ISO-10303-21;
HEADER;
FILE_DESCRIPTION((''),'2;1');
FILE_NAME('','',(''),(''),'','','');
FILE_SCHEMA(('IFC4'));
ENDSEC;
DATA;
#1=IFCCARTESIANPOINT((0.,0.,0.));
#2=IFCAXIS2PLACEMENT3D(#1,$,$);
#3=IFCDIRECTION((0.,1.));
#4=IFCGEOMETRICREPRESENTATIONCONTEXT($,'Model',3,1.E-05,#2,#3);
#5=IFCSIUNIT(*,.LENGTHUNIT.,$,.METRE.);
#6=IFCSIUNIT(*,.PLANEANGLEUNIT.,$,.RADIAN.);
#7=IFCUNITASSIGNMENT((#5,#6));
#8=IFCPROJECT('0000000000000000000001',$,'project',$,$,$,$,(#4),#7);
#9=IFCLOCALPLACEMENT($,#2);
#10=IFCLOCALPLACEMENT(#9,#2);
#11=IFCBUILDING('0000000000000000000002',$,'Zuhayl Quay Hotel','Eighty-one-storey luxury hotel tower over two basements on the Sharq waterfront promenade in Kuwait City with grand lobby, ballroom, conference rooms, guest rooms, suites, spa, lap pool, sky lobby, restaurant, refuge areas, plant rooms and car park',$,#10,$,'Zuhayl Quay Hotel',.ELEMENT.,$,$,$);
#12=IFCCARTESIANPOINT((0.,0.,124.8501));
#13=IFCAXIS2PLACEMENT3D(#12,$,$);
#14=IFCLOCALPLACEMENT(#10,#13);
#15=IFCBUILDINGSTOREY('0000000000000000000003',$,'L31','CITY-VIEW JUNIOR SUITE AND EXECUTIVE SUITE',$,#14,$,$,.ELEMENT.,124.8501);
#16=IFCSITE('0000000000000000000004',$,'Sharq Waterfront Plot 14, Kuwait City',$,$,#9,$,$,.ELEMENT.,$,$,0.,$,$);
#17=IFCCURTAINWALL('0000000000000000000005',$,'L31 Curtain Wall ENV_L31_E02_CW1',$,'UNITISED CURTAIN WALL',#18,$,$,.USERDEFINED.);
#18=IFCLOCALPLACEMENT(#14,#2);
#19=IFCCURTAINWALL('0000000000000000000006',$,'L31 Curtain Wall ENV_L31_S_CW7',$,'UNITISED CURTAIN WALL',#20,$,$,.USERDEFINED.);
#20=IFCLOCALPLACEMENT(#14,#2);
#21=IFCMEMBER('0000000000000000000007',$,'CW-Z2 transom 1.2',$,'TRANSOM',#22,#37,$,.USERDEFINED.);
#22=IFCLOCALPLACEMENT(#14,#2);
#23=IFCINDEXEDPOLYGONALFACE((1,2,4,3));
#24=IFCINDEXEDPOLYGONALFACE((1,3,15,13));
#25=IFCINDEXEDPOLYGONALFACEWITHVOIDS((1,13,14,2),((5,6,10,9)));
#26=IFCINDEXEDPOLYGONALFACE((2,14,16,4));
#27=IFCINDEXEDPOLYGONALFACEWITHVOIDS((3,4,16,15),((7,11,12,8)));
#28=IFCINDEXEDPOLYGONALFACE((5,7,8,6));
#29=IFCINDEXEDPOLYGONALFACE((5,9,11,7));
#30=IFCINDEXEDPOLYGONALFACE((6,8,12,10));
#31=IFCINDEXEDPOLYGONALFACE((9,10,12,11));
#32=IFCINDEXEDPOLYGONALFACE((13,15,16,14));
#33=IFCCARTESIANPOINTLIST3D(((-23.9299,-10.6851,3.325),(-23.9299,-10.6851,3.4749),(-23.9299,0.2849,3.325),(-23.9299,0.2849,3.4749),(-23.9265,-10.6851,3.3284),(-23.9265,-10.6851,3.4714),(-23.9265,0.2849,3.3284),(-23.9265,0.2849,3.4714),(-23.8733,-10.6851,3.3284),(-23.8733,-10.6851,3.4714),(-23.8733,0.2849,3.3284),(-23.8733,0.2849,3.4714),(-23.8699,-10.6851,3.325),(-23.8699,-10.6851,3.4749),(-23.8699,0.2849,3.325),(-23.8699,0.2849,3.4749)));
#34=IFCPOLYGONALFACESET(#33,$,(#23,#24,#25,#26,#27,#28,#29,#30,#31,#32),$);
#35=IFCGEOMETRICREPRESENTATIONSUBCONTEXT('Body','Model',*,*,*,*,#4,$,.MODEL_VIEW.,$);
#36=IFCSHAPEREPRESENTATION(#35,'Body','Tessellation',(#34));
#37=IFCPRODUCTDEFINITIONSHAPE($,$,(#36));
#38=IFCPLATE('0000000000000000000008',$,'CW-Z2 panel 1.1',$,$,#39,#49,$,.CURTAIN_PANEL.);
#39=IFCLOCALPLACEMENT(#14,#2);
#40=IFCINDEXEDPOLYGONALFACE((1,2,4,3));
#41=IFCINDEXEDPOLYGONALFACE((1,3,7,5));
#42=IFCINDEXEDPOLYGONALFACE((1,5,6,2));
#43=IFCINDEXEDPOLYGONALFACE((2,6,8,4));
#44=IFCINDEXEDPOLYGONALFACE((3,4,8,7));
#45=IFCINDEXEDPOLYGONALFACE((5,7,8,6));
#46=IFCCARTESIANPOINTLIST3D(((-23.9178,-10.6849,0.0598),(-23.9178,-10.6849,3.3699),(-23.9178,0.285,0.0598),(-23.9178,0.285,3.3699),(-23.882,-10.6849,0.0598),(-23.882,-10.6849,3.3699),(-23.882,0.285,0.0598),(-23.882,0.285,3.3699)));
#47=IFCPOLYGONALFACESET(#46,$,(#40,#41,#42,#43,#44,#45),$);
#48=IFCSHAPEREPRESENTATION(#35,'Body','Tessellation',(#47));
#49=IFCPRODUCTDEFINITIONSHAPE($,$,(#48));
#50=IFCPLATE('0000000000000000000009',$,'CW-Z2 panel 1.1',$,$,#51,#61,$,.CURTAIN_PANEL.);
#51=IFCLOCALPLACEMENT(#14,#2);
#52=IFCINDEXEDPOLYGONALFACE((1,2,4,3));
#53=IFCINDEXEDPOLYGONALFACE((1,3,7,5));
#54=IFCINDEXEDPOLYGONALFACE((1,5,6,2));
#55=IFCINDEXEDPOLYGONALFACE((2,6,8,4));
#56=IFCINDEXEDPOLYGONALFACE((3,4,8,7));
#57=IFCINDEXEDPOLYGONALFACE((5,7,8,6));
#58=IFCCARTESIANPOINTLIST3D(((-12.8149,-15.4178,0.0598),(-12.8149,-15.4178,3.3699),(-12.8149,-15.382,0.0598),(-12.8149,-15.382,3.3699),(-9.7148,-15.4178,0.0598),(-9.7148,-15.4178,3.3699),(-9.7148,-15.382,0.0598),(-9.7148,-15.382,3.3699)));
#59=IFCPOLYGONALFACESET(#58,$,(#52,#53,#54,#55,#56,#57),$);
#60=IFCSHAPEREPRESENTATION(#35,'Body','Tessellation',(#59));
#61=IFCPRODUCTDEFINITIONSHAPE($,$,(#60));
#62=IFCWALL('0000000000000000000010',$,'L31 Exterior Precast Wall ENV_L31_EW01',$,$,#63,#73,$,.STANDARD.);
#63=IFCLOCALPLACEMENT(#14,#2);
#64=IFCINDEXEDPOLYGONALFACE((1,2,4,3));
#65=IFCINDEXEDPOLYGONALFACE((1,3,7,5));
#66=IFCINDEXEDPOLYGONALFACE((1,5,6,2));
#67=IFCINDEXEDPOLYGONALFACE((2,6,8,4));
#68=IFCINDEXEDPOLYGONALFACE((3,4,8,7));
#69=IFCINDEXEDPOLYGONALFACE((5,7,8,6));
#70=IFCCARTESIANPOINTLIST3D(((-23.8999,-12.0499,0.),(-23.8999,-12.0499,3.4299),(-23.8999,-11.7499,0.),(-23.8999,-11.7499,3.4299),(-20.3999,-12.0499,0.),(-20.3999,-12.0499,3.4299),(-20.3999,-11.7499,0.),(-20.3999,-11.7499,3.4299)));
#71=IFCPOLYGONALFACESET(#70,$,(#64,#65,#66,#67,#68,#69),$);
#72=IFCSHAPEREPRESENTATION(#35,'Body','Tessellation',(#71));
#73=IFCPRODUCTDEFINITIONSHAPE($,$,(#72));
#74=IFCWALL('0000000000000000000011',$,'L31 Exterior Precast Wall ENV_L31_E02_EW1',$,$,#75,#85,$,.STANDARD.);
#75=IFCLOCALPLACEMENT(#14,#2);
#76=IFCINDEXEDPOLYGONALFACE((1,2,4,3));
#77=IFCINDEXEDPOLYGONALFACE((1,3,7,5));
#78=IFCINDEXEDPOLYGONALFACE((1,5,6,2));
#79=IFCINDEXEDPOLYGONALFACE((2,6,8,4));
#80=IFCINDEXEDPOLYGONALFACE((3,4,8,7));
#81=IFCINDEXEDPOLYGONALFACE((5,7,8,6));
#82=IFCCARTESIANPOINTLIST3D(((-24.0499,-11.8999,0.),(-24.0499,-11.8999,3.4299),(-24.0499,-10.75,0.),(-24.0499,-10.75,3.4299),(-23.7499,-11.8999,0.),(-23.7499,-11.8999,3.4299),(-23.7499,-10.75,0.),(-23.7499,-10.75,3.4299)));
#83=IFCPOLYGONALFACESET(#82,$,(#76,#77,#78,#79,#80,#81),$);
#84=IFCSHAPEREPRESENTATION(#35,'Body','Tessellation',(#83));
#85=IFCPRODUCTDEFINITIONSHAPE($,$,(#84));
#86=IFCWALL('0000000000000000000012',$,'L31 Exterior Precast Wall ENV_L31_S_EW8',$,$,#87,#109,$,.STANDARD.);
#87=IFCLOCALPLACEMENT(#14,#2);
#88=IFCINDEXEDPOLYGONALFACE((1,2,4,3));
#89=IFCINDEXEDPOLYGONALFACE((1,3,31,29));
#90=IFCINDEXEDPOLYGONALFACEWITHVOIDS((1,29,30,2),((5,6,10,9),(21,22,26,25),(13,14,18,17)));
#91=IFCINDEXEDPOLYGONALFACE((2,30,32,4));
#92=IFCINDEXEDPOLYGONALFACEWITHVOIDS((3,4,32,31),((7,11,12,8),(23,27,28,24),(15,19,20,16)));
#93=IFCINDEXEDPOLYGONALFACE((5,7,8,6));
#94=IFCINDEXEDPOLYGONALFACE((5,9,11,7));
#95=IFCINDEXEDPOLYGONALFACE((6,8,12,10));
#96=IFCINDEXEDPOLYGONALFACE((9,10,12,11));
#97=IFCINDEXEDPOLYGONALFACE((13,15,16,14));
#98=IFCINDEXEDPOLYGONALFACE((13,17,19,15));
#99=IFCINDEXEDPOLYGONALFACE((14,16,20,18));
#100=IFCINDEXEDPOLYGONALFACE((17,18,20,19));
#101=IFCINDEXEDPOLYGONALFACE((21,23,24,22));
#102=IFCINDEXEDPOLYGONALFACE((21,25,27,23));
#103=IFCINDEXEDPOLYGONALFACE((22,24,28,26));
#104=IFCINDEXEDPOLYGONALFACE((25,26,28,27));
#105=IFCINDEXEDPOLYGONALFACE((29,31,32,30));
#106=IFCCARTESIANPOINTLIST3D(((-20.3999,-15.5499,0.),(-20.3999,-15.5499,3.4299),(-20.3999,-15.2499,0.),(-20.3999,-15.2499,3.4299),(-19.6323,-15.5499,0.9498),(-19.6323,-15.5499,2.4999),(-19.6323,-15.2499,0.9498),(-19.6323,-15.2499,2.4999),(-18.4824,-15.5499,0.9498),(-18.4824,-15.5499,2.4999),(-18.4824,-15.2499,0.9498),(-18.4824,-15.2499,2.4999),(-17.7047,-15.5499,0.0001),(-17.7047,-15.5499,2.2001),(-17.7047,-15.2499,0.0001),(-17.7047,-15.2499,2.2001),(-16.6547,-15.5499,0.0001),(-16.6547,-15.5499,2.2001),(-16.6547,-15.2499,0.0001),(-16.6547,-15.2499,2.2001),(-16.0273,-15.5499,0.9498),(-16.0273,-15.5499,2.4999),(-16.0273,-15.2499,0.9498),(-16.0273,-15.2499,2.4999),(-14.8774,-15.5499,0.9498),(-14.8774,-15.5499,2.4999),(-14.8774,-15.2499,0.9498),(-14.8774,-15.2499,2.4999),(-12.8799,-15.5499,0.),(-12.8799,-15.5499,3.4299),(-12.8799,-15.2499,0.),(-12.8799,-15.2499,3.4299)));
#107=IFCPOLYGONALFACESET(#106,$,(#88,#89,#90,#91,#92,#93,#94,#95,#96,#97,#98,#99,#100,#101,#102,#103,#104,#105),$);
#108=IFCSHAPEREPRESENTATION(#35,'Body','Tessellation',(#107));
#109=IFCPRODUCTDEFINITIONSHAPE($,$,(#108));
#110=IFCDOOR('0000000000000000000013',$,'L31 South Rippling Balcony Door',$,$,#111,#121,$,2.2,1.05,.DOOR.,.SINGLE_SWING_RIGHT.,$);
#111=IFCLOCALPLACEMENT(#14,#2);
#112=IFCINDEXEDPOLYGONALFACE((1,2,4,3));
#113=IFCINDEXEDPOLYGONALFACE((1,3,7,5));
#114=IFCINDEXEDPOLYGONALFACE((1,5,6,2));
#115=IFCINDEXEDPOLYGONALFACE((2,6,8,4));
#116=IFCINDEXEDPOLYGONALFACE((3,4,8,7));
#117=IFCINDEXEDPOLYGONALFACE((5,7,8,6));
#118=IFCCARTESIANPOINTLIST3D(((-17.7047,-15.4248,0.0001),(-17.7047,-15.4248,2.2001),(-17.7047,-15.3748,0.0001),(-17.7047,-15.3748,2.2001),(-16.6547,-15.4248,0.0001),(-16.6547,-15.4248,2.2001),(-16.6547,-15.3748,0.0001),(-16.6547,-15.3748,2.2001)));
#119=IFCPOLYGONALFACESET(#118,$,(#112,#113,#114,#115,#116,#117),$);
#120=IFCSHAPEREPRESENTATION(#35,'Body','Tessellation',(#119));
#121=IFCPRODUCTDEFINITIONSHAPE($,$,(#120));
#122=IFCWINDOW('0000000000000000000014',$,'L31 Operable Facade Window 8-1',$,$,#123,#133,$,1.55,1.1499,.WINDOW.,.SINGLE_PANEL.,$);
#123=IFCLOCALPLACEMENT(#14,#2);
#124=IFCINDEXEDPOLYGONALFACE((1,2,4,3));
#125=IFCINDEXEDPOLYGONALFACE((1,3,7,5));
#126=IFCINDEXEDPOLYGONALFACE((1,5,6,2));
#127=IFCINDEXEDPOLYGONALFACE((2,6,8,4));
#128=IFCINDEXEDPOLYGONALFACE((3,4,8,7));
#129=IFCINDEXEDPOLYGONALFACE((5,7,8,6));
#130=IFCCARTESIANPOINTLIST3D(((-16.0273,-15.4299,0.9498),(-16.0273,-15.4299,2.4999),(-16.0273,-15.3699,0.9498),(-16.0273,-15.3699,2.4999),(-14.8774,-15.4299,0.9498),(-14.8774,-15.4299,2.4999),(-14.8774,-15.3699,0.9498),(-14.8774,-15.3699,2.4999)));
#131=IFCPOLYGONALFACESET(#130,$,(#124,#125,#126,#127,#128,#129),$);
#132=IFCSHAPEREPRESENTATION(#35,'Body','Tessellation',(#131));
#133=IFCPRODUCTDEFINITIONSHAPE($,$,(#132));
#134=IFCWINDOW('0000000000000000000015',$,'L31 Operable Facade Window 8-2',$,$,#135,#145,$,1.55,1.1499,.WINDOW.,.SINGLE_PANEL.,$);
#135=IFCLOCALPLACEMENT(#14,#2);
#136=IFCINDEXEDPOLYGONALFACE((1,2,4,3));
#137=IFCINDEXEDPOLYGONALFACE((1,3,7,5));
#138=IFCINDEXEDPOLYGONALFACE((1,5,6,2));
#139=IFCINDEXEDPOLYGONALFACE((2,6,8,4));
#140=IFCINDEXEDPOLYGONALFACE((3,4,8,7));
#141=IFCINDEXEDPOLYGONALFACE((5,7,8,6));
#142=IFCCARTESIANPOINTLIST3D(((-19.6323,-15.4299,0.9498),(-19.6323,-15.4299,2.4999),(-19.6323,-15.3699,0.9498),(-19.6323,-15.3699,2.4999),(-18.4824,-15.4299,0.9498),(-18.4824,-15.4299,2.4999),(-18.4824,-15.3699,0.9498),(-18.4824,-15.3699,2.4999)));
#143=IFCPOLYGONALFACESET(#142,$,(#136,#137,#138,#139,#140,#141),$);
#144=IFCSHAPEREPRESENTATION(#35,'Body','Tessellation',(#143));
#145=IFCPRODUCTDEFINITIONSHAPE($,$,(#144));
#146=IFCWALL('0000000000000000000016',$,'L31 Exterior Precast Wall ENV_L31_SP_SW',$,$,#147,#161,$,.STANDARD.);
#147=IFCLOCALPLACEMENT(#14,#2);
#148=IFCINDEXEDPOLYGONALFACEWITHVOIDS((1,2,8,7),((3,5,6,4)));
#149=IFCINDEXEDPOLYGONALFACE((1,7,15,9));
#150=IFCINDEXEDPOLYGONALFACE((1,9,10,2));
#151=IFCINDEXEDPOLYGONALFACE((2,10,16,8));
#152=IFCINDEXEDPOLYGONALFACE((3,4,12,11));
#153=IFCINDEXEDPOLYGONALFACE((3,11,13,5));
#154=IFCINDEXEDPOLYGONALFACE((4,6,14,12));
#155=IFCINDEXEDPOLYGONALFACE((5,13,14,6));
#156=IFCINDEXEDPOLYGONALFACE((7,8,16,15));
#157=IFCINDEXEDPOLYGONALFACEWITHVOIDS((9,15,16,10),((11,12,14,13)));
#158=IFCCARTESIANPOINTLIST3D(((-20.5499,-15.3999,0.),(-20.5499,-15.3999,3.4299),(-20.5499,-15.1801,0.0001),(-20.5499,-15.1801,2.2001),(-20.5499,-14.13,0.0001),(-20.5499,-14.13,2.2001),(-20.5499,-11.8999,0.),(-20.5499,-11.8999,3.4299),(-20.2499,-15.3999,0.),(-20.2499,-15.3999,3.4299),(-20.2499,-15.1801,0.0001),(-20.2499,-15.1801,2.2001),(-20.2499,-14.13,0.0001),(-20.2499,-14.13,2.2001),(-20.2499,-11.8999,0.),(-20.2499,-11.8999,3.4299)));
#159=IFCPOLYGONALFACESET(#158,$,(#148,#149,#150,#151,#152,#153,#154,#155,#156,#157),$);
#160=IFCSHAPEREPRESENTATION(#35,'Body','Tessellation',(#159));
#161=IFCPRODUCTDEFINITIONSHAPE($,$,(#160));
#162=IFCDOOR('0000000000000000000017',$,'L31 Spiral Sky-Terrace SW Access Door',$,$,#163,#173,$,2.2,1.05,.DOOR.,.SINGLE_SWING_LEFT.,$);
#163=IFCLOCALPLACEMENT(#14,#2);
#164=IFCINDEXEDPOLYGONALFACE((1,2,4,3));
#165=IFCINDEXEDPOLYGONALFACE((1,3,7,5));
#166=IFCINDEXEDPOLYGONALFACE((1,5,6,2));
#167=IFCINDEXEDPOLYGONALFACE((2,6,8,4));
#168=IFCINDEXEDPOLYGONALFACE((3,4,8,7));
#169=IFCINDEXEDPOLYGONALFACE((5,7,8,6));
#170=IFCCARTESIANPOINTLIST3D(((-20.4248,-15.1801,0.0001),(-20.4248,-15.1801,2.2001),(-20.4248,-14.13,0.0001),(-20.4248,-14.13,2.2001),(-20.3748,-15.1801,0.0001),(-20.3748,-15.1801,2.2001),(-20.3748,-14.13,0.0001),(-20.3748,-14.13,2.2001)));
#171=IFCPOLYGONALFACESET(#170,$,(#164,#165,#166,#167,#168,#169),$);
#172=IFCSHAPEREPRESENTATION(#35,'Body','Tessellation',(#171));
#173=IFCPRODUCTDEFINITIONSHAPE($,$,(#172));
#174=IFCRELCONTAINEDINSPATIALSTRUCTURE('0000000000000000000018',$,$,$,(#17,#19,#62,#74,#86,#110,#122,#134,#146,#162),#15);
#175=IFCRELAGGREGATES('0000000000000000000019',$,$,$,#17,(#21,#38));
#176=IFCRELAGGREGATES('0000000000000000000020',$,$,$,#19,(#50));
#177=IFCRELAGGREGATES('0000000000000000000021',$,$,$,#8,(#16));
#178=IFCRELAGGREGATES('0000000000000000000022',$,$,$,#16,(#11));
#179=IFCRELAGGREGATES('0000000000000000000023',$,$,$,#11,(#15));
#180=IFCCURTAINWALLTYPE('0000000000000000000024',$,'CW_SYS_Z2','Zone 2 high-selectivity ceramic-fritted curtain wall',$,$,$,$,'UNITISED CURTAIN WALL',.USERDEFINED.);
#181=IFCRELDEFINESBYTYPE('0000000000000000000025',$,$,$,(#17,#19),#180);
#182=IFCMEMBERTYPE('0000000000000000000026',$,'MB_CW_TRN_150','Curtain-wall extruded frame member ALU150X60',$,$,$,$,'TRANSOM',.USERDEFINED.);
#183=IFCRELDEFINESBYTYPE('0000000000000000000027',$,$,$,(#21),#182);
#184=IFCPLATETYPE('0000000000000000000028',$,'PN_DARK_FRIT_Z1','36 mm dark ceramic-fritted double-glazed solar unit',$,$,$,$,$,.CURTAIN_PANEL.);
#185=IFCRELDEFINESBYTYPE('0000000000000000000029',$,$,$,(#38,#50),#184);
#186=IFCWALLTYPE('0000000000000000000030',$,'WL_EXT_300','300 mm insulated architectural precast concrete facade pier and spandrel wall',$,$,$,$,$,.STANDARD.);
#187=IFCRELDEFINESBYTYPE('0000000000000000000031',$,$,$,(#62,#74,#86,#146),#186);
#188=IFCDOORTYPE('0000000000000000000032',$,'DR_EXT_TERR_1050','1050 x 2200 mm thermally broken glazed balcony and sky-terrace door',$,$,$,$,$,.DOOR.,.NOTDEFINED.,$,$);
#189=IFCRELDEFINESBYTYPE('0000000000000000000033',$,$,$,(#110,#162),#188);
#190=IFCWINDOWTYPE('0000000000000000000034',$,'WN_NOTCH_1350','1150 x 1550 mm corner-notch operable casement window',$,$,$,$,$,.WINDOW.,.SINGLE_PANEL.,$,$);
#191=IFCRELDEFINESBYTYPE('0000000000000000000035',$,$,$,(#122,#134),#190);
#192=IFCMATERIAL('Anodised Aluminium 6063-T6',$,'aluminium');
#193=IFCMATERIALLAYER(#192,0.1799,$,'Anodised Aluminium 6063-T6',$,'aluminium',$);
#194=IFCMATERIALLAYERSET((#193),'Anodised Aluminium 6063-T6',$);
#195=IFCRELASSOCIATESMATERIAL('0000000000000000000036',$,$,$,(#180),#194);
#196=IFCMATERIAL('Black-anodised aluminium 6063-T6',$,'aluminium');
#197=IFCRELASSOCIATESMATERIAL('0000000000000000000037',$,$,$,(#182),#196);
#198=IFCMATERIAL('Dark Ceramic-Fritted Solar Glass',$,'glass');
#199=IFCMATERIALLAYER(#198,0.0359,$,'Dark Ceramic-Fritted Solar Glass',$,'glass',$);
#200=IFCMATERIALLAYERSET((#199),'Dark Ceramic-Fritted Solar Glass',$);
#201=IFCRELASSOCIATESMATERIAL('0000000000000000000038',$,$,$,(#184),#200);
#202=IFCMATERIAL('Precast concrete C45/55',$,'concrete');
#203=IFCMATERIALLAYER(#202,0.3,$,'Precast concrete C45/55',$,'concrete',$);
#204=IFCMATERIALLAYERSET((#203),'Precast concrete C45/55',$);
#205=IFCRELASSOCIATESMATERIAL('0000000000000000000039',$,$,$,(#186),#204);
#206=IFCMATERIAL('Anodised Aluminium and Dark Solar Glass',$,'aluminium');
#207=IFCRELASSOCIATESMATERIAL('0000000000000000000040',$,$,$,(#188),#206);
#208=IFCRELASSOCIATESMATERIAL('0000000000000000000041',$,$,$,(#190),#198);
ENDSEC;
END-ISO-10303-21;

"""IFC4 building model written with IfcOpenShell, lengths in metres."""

from ifc_helpers import new_model, si_unit, direction, frame, frame_2d, origin, origin_2d, place, context, subcontext, project, spatial, rectangle, hollow_rectangle, extrude, material, layer, layer_set, material_profile, profile_set, type_object, element, fill, aggregate, save


model = new_model("IFC4")

# Units and contexts
model_context = context("Model", 3, precision=1e-05, world=origin(), true_north=direction((0.0, 1.0)))
body_context = subcontext(model_context, "Body", "Model", "MODEL_VIEW")
ifc_project = project(units=[si_unit("LENGTHUNIT", "METRE"), si_unit("PLANEANGLEUNIT", "RADIAN")], contexts=[model_context])

# Site, building, storey
site_placement = place(None, origin())
site = spatial("IfcSite", under=ifc_project, at=site_placement, Name="Sharq Waterfront Plot 14, Kuwait City", CompositionType="ELEMENT", RefElevation=0.0)
building_placement = place(site_placement, origin())
building = spatial("IfcBuilding", under=site, at=building_placement, Name="Zuhayl Quay Hotel", Description="Eighty-one-storey luxury hotel tower over two basements on the Sharq waterfront promenade in Kuwait City with grand lobby, ballroom, conference rooms, guest rooms, suites, spa, lap pool, sky lobby, restaurant, refuge areas, plant rooms and car park", LongName="Zuhayl Quay Hotel", CompositionType="ELEMENT")
storey_placement = place(building_placement, frame((0.0, 0.0, 124.8501)))
storey = spatial("IfcBuildingStorey", under=building, at=storey_placement, Name="L31", Description="CITY-VIEW JUNIOR SUITE AND EXECUTIVE SUITE", CompositionType="ELEMENT", Elevation=124.8501)

# Curtain walls
ifc_material_1 = material(Name="Anodised Aluminium 6063-T6", Category="aluminium")
ifc_layer_1 = layer(ifc_material_1, 0.1799, Name="Anodised Aluminium 6063-T6", Category="aluminium")
ifc_layer_set_1 = layer_set([ifc_layer_1], Name="Anodised Aluminium 6063-T6")
curtain_wall_type = type_object("IfcCurtainWallType", Name="CW_SYS_Z2", Description="Zone 2 high-selectivity ceramic-fritted curtain wall", ElementType="UNITISED CURTAIN WALL", PredefinedType="USERDEFINED", material=ifc_layer_set_1)
curtain_wall_1_placement = place(storey_placement, origin())
curtain_wall_1 = element("IfcCurtainWall", 1, at=curtain_wall_1_placement, inside=storey, type_object=curtain_wall_type, Name="L31 Curtain Wall ENV_L31_E02_CW1", ObjectType="UNITISED CURTAIN WALL", PredefinedType="USERDEFINED")
ifc_material_2 = material(Name="Black-anodised aluminium 6063-T6", Category="aluminium")
curtain_wall_2_placement = place(storey_placement, origin())
curtain_wall_2 = element("IfcCurtainWall", 2, at=curtain_wall_2_placement, inside=storey, type_object=curtain_wall_type, Name="L31 Curtain Wall ENV_L31_S_CW7", ObjectType="UNITISED CURTAIN WALL", PredefinedType="USERDEFINED")

# Member
ifc_material_profile_1 = material_profile(ifc_material_2, hollow_rectangle(XDim=0.0601, YDim=0.1499, WallThickness=0.0034, at=origin_2d()), Name="ALU150X60")
ifc_profile_set_1 = profile_set([ifc_material_profile_1], Name="Black-anodised aluminium 6063-T6")
member_type_1 = type_object("IfcMemberType", Name="MB_CW_TRN_150", Description="Curtain-wall extruded frame member ALU150X60", ElementType="TRANSOM", PredefinedType="USERDEFINED", material=ifc_profile_set_1)
member_1_placement = place(storey_placement, frame((-23.8999, -10.6851, 3.3999), z_axis=(0.0, 1.0, 0.0), x_axis=(-1.0, 0.0, 0.0)))
member_1 = element("IfcMember", 3, at=member_1_placement, type_object=member_type_1, Name="CW-Z2 transom 1.2", ObjectType="TRANSOM", PredefinedType="USERDEFINED", context=body_context, shape_type="SweptSolid", body=[
    extrude(hollow_rectangle(XDim=0.0601, YDim=0.1499, WallThickness=0.0034, at=origin_2d()), origin(), (0.0, 0.0, 1.0), 10.97),
])

# Plates
ifc_material_3 = material(Name="Dark Ceramic-Fritted Solar Glass", Category="glass")
ifc_layer_2 = layer(ifc_material_3, 0.0359, Name="Dark Ceramic-Fritted Solar Glass", Category="glass")
ifc_layer_set_2 = layer_set([ifc_layer_2], Name="Dark Ceramic-Fritted Solar Glass")
plate_type = type_object("IfcPlateType", Name="PN_DARK_FRIT_Z1", Description="36 mm dark ceramic-fritted double-glazed solar unit", PredefinedType="CURTAIN_PANEL", material=ifc_layer_set_2)
plate_1_placement = place(storey_placement, frame((-23.8999, -5.2, 0.0598), z_axis=(0.0, 0.0, 1.0), x_axis=(0.0, 1.0, 0.0)))
plate_1 = element("IfcPlate", 4, at=plate_1_placement, type_object=plate_type, Name="CW-Z2 panel 1.1", PredefinedType="CURTAIN_PANEL", context=body_context, shape_type="SweptSolid", body=[
    extrude(rectangle(XDim=10.97, YDim=0.0359, at=origin_2d()), origin(), (0.0, 0.0, 1.0), 3.3101),
])
aggregate(curtain_wall_1, [member_1, plate_1])
plate_2_placement = place(storey_placement, frame((-11.2649, -15.3999, 0.0598), z_axis=(0.0, 0.0, 1.0), x_axis=(-1.0, 0.0, 0.0)))
plate_2 = element("IfcPlate", 5, at=plate_2_placement, type_object=plate_type, Name="CW-Z2 panel 1.1", PredefinedType="CURTAIN_PANEL", context=body_context, shape_type="SweptSolid", body=[
    extrude(rectangle(XDim=3.1001, YDim=0.0359, at=origin_2d()), origin(), (0.0, 0.0, 1.0), 3.3101),
])
aggregate(curtain_wall_2, [plate_2])

# Walls
ifc_material_4 = material(Name="Precast concrete C45/55", Category="concrete")
ifc_layer_3 = layer(ifc_material_4, 0.3, Name="Precast concrete C45/55", Category="concrete")
ifc_layer_set_3 = layer_set([ifc_layer_3], Name="Precast concrete C45/55")
wall_type_1 = type_object("IfcWallType", Name="WL_EXT_300", Description="300 mm insulated architectural precast concrete facade pier and spandrel wall", PredefinedType="STANDARD", material=ifc_layer_set_3)
wall_1_placement = place(storey_placement, frame((-20.3999, -11.8999, 0.0), z_axis=(0.0, 0.0, 1.0), x_axis=(-1.0, 0.0, 0.0)))
element("IfcWall", 6, at=wall_1_placement, inside=storey, type_object=wall_type_1, Name="L31 Exterior Precast Wall ENV_L31_EW01", PredefinedType="STANDARD", context=body_context, shape_type="SweptSolid", body=[
    extrude(rectangle(XDim=3.5, YDim=0.3, at=frame_2d((1.75, 0.0))), origin(), (0.0, 0.0, 1.0), 3.4299),
])
wall_2_placement = place(storey_placement, frame((-23.8999, -11.8999, 0.0), z_axis=(0.0, 0.0, 1.0), x_axis=(0.0, 1.0, 0.0)))
element("IfcWall", 7, at=wall_2_placement, inside=storey, type_object=wall_type_1, Name="L31 Exterior Precast Wall ENV_L31_E02_EW1", PredefinedType="STANDARD", context=body_context, shape_type="SweptSolid", body=[
    extrude(rectangle(XDim=1.1499, YDim=0.3, at=frame_2d((0.575, 0.0))), origin(), (0.0, 0.0, 1.0), 3.4299),
])

# Wall, openings, door, windows
wall_3_placement = place(storey_placement, frame((-12.8799, -15.3999, 0.0), z_axis=(0.0, 0.0, 1.0), x_axis=(-1.0, 0.0, 0.0)))
wall_3 = element("IfcWall", 8, at=wall_3_placement, inside=storey, type_object=wall_type_1, Name="L31 Exterior Precast Wall ENV_L31_S_EW8", PredefinedType="STANDARD", context=body_context, shape_type="SweptSolid", body=[
    extrude(rectangle(XDim=7.52, YDim=0.3, at=frame_2d((3.76, 0.0))), origin(), (0.0, 0.0, 1.0), 3.4299),
])
opening_1_placement = place(wall_3_placement, frame((3.7749, 0.0, 0.0)))
opening_1 = element("IfcOpeningElement", 9, at=opening_1_placement, cuts=wall_3, PredefinedType="OPENING", context=body_context, shape_type="SweptSolid", body=[
    extrude(rectangle(XDim=1.05, YDim=2.2, at=frame_2d((0.5249, 1.1001))), frame((0.0, 0.1599, 0.0), z_axis=(0.0, -1.0, 0.0), x_axis=(1.0, 0.0, 0.0)), (0.0, 0.0, 1.0), 0.3201),
])
opening_2_placement = place(wall_3_placement, frame((1.9976, 0.0, 0.95)))
opening_2 = element("IfcOpeningElement", 10, at=opening_2_placement, cuts=wall_3, PredefinedType="OPENING", context=body_context, shape_type="SweptSolid", body=[
    extrude(rectangle(XDim=1.1499, YDim=1.55, at=frame_2d((0.575, 0.7749))), frame((0.0, 0.1599, 0.0), z_axis=(0.0, -1.0, 0.0), x_axis=(1.0, 0.0, 0.0)), (0.0, 0.0, 1.0), 0.3201),
])
opening_3_placement = place(wall_3_placement, frame((5.6025, 0.0, 0.95)))
opening_3 = element("IfcOpeningElement", 11, at=opening_3_placement, cuts=wall_3, PredefinedType="OPENING", context=body_context, shape_type="SweptSolid", body=[
    extrude(rectangle(XDim=1.1499, YDim=1.55, at=frame_2d((0.575, 0.7749))), frame((0.0, 0.1599, 0.0), z_axis=(0.0, -1.0, 0.0), x_axis=(1.0, 0.0, 0.0)), (0.0, 0.0, 1.0), 0.3201),
])
ifc_material_5 = material(Name="Anodised Aluminium and Dark Solar Glass", Category="aluminium")
door_type_1 = type_object("IfcDoorType", Name="DR_EXT_TERR_1050", Description="1050 x 2200 mm thermally broken glazed balcony and sky-terrace door", OperationType="NOTDEFINED", PredefinedType="DOOR", material=ifc_material_5)
door_1_placement = place(opening_1_placement, origin())
door_1 = element("IfcDoor", 12, at=door_1_placement, inside=storey, type_object=door_type_1, Name="L31 South Rippling Balcony Door", OperationType="SINGLE_SWING_RIGHT", OverallHeight=2.2, OverallWidth=1.05, PredefinedType="DOOR", context=body_context, shape_type="SweptSolid", body=[
    extrude(rectangle(XDim=1.05, YDim=2.2, at=frame_2d((0.5249, 1.1001))), frame((0.0, 0.0249, 0.0), z_axis=(0.0, -1.0, 0.0), x_axis=(1.0, 0.0, 0.0)), (0.0, 0.0, 1.0), 0.05),
])
fill(opening_1, door_1)
window_type = type_object("IfcWindowType", Name="WN_NOTCH_1350", Description="1150 x 1550 mm corner-notch operable casement window", PartitioningType="SINGLE_PANEL", PredefinedType="WINDOW", material=ifc_material_3)
window_1_placement = place(opening_2_placement, origin())
window_1 = element("IfcWindow", 13, at=window_1_placement, inside=storey, type_object=window_type, Name="L31 Operable Facade Window 8-1", OverallHeight=1.55, OverallWidth=1.1499, PartitioningType="SINGLE_PANEL", PredefinedType="WINDOW", context=body_context, shape_type="SweptSolid", body=[
    extrude(rectangle(XDim=1.1499, YDim=1.55, at=frame_2d((0.575, 0.7749))), frame((0.0, 0.03, 0.0), z_axis=(0.0, -1.0, 0.0), x_axis=(1.0, 0.0, 0.0)), (0.0, 0.0, 1.0), 0.0601),
])
fill(opening_2, window_1)
window_2_placement = place(opening_3_placement, origin())
window_2 = element("IfcWindow", 14, at=window_2_placement, inside=storey, type_object=window_type, Name="L31 Operable Facade Window 8-2", OverallHeight=1.55, OverallWidth=1.1499, PartitioningType="SINGLE_PANEL", PredefinedType="WINDOW", context=body_context, shape_type="SweptSolid", body=[
    extrude(rectangle(XDim=1.1499, YDim=1.55, at=frame_2d((0.575, 0.7749))), frame((0.0, 0.03, 0.0), z_axis=(0.0, -1.0, 0.0), x_axis=(1.0, 0.0, 0.0)), (0.0, 0.0, 1.0), 0.0601),
])
fill(opening_3, window_2)

# Wall, opening, door
wall_4_placement = place(storey_placement, frame((-20.3999, -15.3999, 0.0), z_axis=(0.0, 0.0, 1.0), x_axis=(0.0, 1.0, 0.0)))
wall_4 = element("IfcWall", 15, at=wall_4_placement, inside=storey, type_object=wall_type_1, Name="L31 Exterior Precast Wall ENV_L31_SP_SW", PredefinedType="STANDARD", context=body_context, shape_type="SweptSolid", body=[
    extrude(rectangle(XDim=3.5, YDim=0.3, at=frame_2d((1.75, 0.0))), origin(), (0.0, 0.0, 1.0), 3.4299),
])
opening_4_placement = place(wall_4_placement, frame((0.22, 0.0, 0.0)))
opening_4 = element("IfcOpeningElement", 16, at=opening_4_placement, cuts=wall_4, PredefinedType="OPENING", context=body_context, shape_type="SweptSolid", body=[
    extrude(rectangle(XDim=1.05, YDim=2.2, at=frame_2d((0.5249, 1.1001))), frame((0.0, 0.1599, 0.0), z_axis=(0.0, -1.0, 0.0), x_axis=(1.0, 0.0, 0.0)), (0.0, 0.0, 1.0), 0.3201),
])
door_2_placement = place(opening_4_placement, origin())
door_2 = element("IfcDoor", 17, at=door_2_placement, inside=storey, type_object=door_type_1, Name="L31 Spiral Sky-Terrace SW Access Door", OperationType="SINGLE_SWING_LEFT", OverallHeight=2.2, OverallWidth=1.05, PredefinedType="DOOR", context=body_context, shape_type="SweptSolid", body=[
    extrude(rectangle(XDim=1.05, YDim=2.2, at=frame_2d((0.5249, 1.1001))), frame((0.0, 0.0249, 0.0), z_axis=(0.0, -1.0, 0.0), x_axis=(1.0, 0.0, 0.0)), (0.0, 0.0, 1.0), 0.05),
])
fill(opening_4, door_2)

save(model, "model.ifc")
